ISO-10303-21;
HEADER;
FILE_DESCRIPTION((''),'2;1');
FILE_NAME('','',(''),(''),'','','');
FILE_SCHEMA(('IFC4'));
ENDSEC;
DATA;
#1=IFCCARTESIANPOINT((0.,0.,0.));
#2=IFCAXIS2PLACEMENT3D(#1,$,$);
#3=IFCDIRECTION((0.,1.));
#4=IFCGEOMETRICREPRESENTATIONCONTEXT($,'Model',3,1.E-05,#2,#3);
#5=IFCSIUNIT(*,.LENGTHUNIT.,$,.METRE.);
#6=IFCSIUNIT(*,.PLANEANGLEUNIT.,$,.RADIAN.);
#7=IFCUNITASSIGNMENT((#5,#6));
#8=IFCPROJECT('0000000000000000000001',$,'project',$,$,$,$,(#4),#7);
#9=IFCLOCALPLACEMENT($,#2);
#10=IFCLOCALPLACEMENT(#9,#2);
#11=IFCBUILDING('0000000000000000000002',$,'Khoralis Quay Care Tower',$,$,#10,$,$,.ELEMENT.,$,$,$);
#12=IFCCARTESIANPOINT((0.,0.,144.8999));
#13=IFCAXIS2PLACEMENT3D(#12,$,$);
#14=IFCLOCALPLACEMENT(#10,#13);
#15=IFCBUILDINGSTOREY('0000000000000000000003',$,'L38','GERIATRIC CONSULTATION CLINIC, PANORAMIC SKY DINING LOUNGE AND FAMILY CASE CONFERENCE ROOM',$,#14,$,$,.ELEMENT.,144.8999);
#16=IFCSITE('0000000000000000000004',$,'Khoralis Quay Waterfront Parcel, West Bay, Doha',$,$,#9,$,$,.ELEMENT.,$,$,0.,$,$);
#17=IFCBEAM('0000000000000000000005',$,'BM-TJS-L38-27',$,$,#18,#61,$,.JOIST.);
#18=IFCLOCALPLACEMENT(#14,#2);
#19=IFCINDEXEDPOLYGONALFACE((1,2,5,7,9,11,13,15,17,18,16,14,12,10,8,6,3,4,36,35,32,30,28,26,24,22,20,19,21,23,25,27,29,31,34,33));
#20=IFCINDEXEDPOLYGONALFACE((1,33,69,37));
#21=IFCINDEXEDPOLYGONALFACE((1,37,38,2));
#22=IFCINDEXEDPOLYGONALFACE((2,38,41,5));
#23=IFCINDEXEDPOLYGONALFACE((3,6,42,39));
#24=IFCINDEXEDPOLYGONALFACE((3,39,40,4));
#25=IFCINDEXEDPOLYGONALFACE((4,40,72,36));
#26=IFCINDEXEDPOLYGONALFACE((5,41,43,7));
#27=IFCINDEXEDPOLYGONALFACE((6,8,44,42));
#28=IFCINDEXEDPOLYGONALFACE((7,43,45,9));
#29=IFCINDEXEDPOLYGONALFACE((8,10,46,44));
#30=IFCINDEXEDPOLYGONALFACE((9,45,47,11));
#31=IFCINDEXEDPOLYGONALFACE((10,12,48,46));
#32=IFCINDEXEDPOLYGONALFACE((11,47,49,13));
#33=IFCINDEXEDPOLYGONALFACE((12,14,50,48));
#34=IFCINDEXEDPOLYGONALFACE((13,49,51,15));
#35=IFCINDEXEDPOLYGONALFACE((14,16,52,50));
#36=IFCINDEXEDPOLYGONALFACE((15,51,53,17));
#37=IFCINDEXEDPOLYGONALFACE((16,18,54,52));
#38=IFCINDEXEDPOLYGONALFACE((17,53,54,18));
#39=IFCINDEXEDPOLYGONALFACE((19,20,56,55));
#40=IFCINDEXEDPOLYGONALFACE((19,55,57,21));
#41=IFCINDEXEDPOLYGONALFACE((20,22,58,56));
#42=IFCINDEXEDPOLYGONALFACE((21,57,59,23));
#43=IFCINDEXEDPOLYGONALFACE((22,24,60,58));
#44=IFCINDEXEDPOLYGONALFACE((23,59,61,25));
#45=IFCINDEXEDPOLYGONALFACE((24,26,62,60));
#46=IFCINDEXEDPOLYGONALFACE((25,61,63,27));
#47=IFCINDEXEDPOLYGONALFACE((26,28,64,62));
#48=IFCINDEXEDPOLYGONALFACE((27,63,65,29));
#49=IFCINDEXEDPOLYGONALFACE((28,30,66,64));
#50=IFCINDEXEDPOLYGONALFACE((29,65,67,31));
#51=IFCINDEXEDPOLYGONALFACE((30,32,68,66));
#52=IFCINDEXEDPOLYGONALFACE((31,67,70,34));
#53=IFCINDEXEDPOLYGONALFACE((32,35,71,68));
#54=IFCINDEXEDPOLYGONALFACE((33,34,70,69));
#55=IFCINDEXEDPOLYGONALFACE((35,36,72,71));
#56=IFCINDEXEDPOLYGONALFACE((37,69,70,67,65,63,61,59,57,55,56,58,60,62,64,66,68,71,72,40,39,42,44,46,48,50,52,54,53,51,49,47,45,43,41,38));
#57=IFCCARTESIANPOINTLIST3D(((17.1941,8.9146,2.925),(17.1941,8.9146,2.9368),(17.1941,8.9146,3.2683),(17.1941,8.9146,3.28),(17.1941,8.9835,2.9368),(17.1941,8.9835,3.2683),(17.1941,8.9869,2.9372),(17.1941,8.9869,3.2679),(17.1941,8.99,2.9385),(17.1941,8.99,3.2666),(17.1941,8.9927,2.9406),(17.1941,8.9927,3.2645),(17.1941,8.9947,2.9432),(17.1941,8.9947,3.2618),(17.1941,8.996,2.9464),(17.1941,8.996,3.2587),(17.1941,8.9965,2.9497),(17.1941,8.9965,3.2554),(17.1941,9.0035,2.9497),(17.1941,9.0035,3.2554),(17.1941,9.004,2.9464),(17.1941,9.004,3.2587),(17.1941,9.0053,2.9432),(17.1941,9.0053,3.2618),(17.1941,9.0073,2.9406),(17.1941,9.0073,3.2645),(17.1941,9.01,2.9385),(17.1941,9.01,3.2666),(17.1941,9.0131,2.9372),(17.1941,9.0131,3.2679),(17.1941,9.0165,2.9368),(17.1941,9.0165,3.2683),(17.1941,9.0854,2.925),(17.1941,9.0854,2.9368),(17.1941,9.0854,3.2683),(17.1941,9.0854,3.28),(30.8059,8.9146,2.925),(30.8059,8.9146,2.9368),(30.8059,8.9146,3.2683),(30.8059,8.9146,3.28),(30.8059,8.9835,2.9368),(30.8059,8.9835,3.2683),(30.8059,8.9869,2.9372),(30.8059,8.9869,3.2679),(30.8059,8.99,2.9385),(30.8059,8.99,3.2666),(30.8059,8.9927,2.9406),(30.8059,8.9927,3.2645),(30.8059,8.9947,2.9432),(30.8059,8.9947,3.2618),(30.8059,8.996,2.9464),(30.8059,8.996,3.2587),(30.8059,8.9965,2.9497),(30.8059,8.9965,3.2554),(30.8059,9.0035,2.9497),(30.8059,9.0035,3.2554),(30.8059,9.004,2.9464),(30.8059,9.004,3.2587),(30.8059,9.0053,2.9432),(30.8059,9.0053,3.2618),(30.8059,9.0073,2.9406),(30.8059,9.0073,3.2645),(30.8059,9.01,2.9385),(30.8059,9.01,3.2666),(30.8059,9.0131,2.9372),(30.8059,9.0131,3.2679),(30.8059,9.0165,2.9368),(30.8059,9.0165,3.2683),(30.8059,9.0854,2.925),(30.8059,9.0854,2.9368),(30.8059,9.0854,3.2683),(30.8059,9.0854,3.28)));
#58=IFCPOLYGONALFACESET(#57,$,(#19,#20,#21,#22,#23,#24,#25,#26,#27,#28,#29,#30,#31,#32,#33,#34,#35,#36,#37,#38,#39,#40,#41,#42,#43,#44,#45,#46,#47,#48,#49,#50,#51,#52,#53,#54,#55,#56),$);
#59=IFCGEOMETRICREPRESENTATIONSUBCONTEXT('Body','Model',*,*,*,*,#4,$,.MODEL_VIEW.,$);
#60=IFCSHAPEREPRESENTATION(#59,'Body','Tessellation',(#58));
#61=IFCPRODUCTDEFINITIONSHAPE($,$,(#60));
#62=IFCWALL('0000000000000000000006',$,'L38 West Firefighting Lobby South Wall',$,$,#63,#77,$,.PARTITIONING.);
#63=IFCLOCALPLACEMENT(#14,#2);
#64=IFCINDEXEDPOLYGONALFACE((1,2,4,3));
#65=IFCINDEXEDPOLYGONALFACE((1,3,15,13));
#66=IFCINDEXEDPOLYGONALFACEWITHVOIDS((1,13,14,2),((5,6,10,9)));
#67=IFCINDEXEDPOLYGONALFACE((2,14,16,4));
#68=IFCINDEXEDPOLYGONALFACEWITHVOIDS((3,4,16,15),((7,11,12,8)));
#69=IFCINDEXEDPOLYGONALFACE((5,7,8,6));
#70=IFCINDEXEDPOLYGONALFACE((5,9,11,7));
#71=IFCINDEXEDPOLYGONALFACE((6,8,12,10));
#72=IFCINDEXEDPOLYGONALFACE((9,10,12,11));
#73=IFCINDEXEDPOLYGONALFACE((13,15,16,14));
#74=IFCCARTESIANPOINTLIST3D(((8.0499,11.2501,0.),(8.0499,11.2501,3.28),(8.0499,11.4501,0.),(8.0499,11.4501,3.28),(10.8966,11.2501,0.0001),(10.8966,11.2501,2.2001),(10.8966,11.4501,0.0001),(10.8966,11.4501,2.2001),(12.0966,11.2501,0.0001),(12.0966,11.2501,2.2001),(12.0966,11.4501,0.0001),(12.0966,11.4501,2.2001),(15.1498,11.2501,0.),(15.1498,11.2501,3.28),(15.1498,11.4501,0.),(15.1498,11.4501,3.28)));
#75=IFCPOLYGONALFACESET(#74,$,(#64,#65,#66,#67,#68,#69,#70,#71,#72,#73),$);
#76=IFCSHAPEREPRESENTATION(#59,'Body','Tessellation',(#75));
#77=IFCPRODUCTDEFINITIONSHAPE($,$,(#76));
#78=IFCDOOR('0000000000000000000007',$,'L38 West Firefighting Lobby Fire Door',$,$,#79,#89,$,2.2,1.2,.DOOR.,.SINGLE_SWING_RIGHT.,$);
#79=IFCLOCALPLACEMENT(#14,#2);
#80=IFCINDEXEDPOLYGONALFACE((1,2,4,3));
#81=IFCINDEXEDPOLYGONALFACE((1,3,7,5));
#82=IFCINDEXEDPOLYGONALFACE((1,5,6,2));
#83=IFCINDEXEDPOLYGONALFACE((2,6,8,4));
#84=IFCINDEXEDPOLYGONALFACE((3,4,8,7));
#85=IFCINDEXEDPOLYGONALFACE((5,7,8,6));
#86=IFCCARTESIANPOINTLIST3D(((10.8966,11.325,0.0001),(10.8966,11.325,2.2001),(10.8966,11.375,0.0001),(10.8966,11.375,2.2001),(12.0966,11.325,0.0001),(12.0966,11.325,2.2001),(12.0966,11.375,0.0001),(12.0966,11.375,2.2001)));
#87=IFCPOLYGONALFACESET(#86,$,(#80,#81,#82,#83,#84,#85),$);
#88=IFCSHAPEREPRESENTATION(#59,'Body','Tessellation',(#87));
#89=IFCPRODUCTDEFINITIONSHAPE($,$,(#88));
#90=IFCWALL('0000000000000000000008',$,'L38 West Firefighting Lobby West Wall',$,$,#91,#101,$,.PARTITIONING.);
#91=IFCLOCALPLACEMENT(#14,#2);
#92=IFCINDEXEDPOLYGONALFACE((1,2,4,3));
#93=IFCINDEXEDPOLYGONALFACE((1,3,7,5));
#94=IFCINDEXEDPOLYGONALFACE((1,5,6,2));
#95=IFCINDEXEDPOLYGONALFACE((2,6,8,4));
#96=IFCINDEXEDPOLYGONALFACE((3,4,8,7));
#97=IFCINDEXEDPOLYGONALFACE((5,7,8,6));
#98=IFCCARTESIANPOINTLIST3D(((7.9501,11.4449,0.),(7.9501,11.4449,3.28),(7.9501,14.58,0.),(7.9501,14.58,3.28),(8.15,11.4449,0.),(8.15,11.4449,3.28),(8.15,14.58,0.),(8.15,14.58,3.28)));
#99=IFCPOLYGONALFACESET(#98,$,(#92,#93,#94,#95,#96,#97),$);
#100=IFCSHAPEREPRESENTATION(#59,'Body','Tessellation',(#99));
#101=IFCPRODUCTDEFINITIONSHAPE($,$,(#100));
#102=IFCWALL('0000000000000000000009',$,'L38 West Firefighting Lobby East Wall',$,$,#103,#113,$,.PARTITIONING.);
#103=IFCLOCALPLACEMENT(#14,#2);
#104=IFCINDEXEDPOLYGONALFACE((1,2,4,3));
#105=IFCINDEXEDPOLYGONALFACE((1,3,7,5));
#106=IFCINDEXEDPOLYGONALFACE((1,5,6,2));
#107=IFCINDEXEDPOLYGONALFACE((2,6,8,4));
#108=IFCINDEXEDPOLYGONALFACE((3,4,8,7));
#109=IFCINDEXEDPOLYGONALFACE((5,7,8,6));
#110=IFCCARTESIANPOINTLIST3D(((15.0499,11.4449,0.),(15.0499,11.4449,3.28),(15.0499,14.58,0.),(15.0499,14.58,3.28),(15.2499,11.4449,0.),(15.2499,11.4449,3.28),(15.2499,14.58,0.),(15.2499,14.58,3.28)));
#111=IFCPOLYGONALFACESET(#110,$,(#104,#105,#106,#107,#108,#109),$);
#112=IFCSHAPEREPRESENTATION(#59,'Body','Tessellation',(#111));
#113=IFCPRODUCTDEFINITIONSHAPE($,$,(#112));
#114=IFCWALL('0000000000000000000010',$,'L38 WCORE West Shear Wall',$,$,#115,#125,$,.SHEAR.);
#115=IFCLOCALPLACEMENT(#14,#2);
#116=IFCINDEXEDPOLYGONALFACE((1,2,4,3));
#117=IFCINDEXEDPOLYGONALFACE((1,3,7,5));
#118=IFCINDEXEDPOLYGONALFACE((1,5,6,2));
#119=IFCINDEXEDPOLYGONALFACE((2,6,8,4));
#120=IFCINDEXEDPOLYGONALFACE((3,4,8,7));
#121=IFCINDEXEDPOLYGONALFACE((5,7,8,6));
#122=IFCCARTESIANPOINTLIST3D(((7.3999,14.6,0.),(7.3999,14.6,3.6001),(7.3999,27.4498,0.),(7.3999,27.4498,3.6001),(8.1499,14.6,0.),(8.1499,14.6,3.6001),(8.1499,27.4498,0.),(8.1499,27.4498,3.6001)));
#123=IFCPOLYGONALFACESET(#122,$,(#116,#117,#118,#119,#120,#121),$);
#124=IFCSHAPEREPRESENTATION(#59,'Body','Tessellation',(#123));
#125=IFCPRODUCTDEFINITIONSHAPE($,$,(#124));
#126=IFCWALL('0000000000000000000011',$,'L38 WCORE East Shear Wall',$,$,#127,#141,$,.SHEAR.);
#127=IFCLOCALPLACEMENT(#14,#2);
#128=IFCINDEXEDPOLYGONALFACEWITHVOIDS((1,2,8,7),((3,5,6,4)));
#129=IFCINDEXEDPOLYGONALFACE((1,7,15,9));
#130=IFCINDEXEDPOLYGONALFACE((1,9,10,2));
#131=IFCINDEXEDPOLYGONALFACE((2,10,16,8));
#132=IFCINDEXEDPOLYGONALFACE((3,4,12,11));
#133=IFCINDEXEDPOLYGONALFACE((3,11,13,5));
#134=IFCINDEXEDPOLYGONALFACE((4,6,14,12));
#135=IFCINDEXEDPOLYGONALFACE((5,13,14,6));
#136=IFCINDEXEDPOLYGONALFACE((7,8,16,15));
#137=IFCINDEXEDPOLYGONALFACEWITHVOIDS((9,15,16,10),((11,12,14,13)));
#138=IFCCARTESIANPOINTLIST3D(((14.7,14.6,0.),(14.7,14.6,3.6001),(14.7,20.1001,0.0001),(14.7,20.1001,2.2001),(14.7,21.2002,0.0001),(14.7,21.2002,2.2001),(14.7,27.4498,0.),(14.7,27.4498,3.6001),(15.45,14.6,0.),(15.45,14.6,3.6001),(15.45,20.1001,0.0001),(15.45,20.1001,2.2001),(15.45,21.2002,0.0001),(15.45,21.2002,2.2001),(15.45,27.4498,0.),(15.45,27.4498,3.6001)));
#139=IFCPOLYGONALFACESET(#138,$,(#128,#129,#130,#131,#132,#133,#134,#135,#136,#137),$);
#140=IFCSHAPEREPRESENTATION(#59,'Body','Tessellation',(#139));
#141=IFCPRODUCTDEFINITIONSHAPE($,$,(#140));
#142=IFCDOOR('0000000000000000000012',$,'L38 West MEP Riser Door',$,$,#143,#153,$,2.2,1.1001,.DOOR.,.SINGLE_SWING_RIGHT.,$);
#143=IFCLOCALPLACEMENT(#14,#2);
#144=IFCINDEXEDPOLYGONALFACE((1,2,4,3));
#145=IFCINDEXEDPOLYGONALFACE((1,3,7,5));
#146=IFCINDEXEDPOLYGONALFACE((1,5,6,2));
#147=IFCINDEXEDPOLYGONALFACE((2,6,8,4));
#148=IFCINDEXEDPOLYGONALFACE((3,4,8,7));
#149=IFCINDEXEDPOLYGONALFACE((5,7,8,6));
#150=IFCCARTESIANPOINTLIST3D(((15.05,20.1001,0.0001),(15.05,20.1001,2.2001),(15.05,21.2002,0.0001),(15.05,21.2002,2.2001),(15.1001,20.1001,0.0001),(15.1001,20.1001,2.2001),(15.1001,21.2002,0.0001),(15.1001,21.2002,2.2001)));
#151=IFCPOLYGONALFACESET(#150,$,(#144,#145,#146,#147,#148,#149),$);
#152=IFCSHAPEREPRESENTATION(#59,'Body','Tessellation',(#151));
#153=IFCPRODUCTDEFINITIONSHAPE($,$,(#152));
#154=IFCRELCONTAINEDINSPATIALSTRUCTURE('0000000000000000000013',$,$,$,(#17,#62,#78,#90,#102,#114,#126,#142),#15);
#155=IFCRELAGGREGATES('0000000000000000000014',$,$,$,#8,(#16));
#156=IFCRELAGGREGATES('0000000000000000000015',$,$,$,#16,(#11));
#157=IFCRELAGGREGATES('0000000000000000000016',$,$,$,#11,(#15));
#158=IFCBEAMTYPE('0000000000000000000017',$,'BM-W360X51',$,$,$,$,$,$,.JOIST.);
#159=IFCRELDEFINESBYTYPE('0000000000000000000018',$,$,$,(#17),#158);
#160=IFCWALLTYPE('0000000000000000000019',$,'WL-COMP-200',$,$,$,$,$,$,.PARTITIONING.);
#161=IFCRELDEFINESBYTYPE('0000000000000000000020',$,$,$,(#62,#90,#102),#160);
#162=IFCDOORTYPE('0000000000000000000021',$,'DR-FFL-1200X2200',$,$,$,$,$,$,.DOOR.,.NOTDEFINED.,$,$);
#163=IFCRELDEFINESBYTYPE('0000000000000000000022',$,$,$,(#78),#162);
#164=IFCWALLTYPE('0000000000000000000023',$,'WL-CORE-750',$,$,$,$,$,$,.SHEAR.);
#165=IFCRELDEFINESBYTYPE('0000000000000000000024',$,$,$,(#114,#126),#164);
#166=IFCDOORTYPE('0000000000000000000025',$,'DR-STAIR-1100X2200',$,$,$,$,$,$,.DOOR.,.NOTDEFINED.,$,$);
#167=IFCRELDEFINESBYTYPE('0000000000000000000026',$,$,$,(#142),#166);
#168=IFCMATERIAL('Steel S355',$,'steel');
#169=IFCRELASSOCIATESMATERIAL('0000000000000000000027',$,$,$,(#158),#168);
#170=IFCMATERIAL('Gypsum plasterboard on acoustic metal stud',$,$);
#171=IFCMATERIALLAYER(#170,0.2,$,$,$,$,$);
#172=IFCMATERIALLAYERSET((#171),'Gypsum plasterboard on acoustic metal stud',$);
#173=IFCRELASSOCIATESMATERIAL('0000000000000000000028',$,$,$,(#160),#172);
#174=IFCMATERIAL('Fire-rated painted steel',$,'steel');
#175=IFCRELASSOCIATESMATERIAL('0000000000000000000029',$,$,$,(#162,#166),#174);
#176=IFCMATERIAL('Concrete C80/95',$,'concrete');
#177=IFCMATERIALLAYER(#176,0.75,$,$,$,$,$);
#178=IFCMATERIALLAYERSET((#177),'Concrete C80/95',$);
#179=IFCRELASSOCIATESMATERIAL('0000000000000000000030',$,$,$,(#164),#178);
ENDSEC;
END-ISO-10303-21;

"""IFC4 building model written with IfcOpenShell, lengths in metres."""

from ifc_helpers import new_model, si_unit, direction, frame, frame_2d, origin, origin_2d, place, context, subcontext, project, spatial, rectangle, i_section, extrude, source, transform, mapped, material, layer, layer_set, material_profile, profile_set, type_object, element, fill, save


model = new_model("IFC4")

# Units and contexts
model_context = context("Model", 3, precision=1e-05, world=origin(), true_north=direction((0.0, 1.0)))
body_context = subcontext(model_context, "Body", "Model", "MODEL_VIEW")
ifc_project = project(units=[si_unit("LENGTHUNIT", "METRE"), si_unit("PLANEANGLEUNIT", "RADIAN")], contexts=[model_context])

# Site, building, storey
site_placement = place(None, origin())
site = spatial("IfcSite", under=ifc_project, at=site_placement, Name="Khoralis Quay Waterfront Parcel, West Bay, Doha", CompositionType="ELEMENT", RefElevation=0.0)
building_placement = place(site_placement, origin())
building = spatial("IfcBuilding", under=site, at=building_placement, Name="Khoralis Quay Care Tower", CompositionType="ELEMENT")
storey_placement = place(building_placement, frame((0.0, 0.0, 144.8999)))
storey = spatial("IfcBuildingStorey", under=building, at=storey_placement, Name="L38", Description="GERIATRIC CONSULTATION CLINIC, PANORAMIC SKY DINING LOUNGE AND FAMILY CASE CONFERENCE ROOM", CompositionType="ELEMENT", Elevation=144.8999)

# Beam
ifc_material_1 = material(Name="Steel S355", Category="steel")
ifc_material_profile_1 = material_profile(ifc_material_1, i_section(OverallWidth=0.1709, OverallDepth=0.355, WebThickness=0.0071, FlangeThickness=0.0117, FilletRadius=0.0129, at=origin_2d()), Name="Steel S355")
ifc_profile_set_1 = profile_set([ifc_material_profile_1], Name="Steel S355")
beam_type_1 = type_object("IfcBeamType", Name="BM-W360X51", PredefinedType="JOIST", material=ifc_profile_set_1)
shared_shape_1 = source(origin(), body_context, "Body", "SweptSolid", [
    extrude(i_section(OverallWidth=0.1709, OverallDepth=0.355, WebThickness=0.0071, FlangeThickness=0.0117, FilletRadius=0.0129, at=origin_2d()), origin(), (0.0, 0.0, 1.0), 13.6118),
])
beam_1_placement = place(storey_placement, frame((17.1941, 9.0, 3.1025), z_axis=(1.0, 0.0, 0.0), x_axis=(0.0, 1.0, 0.0)))
element("IfcBeam", 1, at=beam_1_placement, inside=storey, type_object=beam_type_1, Name="BM-TJS-L38-27", PredefinedType="JOIST", context=body_context, shape_type="MappedRepresentation", body=[
    mapped(shared_shape_1, transform((0.0, 0.0, 0.0), scale=1.0)),
])

# Wall, opening, door
ifc_material_2 = material(Name="Gypsum plasterboard on acoustic metal stud")
ifc_layer_1 = layer(ifc_material_2, 0.2)
ifc_layer_set_1 = layer_set([ifc_layer_1], Name="Gypsum plasterboard on acoustic metal stud")
wall_type_1 = type_object("IfcWallType", Name="WL-COMP-200", PredefinedType="PARTITIONING", material=ifc_layer_set_1)
wall_1_placement = place(storey_placement, frame((8.05, 11.3501, 0.0), z_axis=(0.0, 0.0, 1.0), x_axis=(1.0, 0.0, 0.0)))
wall_1 = element("IfcWall", 2, at=wall_1_placement, inside=storey, type_object=wall_type_1, Name="L38 West Firefighting Lobby South Wall", PredefinedType="PARTITIONING", context=body_context, shape_type="SweptSolid", body=[
    extrude(rectangle(XDim=7.0999, YDim=0.2, at=frame_2d((3.5498, 0.0))), origin(), (0.0, 0.0, 1.0), 3.28),
])
opening_1_placement = place(wall_1_placement, frame((2.8464, 0.0, 0.0)))
opening_1 = element("IfcOpeningElement", 3, at=opening_1_placement, cuts=wall_1, PredefinedType="OPENING", context=body_context, shape_type="SweptSolid", body=[
    extrude(rectangle(XDim=1.2, YDim=2.2, at=frame_2d((0.6001, 1.1001))), frame((0.0, 0.1099, 0.0), z_axis=(0.0, -1.0, 0.0), x_axis=(1.0, 0.0, 0.0)), (0.0, 0.0, 1.0), 0.22),
])
ifc_material_3 = material(Name="Fire-rated painted steel", Category="steel")
door_type_1 = type_object("IfcDoorType", Name="DR-FFL-1200X2200", OperationType="NOTDEFINED", PredefinedType="DOOR", material=ifc_material_3)
shared_shape_2 = source(origin(), body_context, "Body", "SweptSolid", [
    extrude(rectangle(XDim=1.2, YDim=2.2, at=frame_2d((0.6001, 1.1001))), frame((0.0, 0.0249, 0.0), z_axis=(0.0, -1.0, 0.0), x_axis=(1.0, 0.0, 0.0)), (0.0, 0.0, 1.0), 0.05),
])
door_1_placement = place(opening_1_placement, origin())
door_1 = element("IfcDoor", 4, at=door_1_placement, inside=storey, type_object=door_type_1, Name="L38 West Firefighting Lobby Fire Door", OperationType="SINGLE_SWING_RIGHT", OverallHeight=2.2, OverallWidth=1.2, PredefinedType="DOOR", context=body_context, shape_type="MappedRepresentation", body=[
    mapped(shared_shape_2, transform((0.0, 0.0, 0.0), scale=1.0)),
])
fill(opening_1, door_1)

# Walls
for number, where, z_axis, x_axis, name in (
    (5, (8.05, 11.4451, 0.0), (0.0, 0.0, 1.0), (0.0, 1.0, 0.0), "L38 West Firefighting Lobby West Wall"),
    (6, (15.1499, 11.4451, 0.0), (0.0, 0.0, 1.0), (0.0, 1.0, 0.0), "L38 West Firefighting Lobby East Wall"),
):
    element("IfcWall", number, at=place(storey_placement, frame(where, z_axis=z_axis, x_axis=x_axis)), inside=storey, type_object=wall_type_1, Name=name, PredefinedType="PARTITIONING", context=body_context, shape_type="SweptSolid", body=[
        extrude(rectangle(XDim=3.135, YDim=0.2, at=frame_2d((1.5674, 0.0))), origin(), (0.0, 0.0, 1.0), 3.28),
    ])
ifc_material_4 = material(Name="Concrete C80/95", Category="concrete")
ifc_layer_2 = layer(ifc_material_4, 0.75)
ifc_layer_set_2 = layer_set([ifc_layer_2], Name="Concrete C80/95")
wall_type_2 = type_object("IfcWallType", Name="WL-CORE-750", PredefinedType="SHEAR", material=ifc_layer_set_2)
wall_2_placement = place(storey_placement, frame((7.7749, 14.6001, 0.0), z_axis=(0.0, 0.0, 1.0), x_axis=(0.0, 1.0, 0.0)))
element("IfcWall", 7, at=wall_2_placement, inside=storey, type_object=wall_type_2, Name="L38 WCORE West Shear Wall", PredefinedType="SHEAR", context=body_context, shape_type="SweptSolid", body=[
    extrude(rectangle(XDim=12.8499, YDim=0.75, at=frame_2d((6.4248, 0.0))), origin(), (0.0, 0.0, 1.0), 3.6001),
])

# Wall, opening, door
wall_3_placement = place(storey_placement, frame((15.075, 14.6001, 0.0), z_axis=(0.0, 0.0, 1.0), x_axis=(0.0, 1.0, 0.0)))
wall_3 = element("IfcWall", 8, at=wall_3_placement, inside=storey, type_object=wall_type_2, Name="L38 WCORE East Shear Wall", PredefinedType="SHEAR", context=body_context, shape_type="SweptSolid", body=[
    extrude(rectangle(XDim=12.8499, YDim=0.75, at=frame_2d((6.4248, 0.0))), origin(), (0.0, 0.0, 1.0), 3.6001),
])
opening_2_placement = place(wall_3_placement, frame((5.5, 0.0, 0.0)))
opening_2 = element("IfcOpeningElement", 9, at=opening_2_placement, cuts=wall_3, PredefinedType="OPENING", context=body_context, shape_type="SweptSolid", body=[
    extrude(rectangle(XDim=1.1001, YDim=2.2, at=frame_2d((0.55, 1.1001))), frame((0.0, 0.385, 0.0), z_axis=(0.0, -1.0, 0.0), x_axis=(1.0, 0.0, 0.0)), (0.0, 0.0, 1.0), 0.77),
])
door_type_2 = type_object("IfcDoorType", Name="DR-STAIR-1100X2200", OperationType="NOTDEFINED", PredefinedType="DOOR", material=ifc_material_3)
shared_shape_3 = source(origin(), body_context, "Body", "SweptSolid", [
    extrude(rectangle(XDim=1.1001, YDim=2.2, at=frame_2d((0.55, 1.1001))), frame((0.0, 0.0249, 0.0), z_axis=(0.0, -1.0, 0.0), x_axis=(1.0, 0.0, 0.0)), (0.0, 0.0, 1.0), 0.05),
])
door_2_placement = place(opening_2_placement, origin())
door_2 = element("IfcDoor", 10, at=door_2_placement, inside=storey, type_object=door_type_2, Name="L38 West MEP Riser Door", OperationType="SINGLE_SWING_RIGHT", OverallHeight=2.2, OverallWidth=1.1001, PredefinedType="DOOR", context=body_context, shape_type="MappedRepresentation", body=[
    mapped(shared_shape_3, transform((0.0, 0.0, 0.0), scale=1.0)),
])
fill(opening_2, door_2)

save(model, "model.ifc")
